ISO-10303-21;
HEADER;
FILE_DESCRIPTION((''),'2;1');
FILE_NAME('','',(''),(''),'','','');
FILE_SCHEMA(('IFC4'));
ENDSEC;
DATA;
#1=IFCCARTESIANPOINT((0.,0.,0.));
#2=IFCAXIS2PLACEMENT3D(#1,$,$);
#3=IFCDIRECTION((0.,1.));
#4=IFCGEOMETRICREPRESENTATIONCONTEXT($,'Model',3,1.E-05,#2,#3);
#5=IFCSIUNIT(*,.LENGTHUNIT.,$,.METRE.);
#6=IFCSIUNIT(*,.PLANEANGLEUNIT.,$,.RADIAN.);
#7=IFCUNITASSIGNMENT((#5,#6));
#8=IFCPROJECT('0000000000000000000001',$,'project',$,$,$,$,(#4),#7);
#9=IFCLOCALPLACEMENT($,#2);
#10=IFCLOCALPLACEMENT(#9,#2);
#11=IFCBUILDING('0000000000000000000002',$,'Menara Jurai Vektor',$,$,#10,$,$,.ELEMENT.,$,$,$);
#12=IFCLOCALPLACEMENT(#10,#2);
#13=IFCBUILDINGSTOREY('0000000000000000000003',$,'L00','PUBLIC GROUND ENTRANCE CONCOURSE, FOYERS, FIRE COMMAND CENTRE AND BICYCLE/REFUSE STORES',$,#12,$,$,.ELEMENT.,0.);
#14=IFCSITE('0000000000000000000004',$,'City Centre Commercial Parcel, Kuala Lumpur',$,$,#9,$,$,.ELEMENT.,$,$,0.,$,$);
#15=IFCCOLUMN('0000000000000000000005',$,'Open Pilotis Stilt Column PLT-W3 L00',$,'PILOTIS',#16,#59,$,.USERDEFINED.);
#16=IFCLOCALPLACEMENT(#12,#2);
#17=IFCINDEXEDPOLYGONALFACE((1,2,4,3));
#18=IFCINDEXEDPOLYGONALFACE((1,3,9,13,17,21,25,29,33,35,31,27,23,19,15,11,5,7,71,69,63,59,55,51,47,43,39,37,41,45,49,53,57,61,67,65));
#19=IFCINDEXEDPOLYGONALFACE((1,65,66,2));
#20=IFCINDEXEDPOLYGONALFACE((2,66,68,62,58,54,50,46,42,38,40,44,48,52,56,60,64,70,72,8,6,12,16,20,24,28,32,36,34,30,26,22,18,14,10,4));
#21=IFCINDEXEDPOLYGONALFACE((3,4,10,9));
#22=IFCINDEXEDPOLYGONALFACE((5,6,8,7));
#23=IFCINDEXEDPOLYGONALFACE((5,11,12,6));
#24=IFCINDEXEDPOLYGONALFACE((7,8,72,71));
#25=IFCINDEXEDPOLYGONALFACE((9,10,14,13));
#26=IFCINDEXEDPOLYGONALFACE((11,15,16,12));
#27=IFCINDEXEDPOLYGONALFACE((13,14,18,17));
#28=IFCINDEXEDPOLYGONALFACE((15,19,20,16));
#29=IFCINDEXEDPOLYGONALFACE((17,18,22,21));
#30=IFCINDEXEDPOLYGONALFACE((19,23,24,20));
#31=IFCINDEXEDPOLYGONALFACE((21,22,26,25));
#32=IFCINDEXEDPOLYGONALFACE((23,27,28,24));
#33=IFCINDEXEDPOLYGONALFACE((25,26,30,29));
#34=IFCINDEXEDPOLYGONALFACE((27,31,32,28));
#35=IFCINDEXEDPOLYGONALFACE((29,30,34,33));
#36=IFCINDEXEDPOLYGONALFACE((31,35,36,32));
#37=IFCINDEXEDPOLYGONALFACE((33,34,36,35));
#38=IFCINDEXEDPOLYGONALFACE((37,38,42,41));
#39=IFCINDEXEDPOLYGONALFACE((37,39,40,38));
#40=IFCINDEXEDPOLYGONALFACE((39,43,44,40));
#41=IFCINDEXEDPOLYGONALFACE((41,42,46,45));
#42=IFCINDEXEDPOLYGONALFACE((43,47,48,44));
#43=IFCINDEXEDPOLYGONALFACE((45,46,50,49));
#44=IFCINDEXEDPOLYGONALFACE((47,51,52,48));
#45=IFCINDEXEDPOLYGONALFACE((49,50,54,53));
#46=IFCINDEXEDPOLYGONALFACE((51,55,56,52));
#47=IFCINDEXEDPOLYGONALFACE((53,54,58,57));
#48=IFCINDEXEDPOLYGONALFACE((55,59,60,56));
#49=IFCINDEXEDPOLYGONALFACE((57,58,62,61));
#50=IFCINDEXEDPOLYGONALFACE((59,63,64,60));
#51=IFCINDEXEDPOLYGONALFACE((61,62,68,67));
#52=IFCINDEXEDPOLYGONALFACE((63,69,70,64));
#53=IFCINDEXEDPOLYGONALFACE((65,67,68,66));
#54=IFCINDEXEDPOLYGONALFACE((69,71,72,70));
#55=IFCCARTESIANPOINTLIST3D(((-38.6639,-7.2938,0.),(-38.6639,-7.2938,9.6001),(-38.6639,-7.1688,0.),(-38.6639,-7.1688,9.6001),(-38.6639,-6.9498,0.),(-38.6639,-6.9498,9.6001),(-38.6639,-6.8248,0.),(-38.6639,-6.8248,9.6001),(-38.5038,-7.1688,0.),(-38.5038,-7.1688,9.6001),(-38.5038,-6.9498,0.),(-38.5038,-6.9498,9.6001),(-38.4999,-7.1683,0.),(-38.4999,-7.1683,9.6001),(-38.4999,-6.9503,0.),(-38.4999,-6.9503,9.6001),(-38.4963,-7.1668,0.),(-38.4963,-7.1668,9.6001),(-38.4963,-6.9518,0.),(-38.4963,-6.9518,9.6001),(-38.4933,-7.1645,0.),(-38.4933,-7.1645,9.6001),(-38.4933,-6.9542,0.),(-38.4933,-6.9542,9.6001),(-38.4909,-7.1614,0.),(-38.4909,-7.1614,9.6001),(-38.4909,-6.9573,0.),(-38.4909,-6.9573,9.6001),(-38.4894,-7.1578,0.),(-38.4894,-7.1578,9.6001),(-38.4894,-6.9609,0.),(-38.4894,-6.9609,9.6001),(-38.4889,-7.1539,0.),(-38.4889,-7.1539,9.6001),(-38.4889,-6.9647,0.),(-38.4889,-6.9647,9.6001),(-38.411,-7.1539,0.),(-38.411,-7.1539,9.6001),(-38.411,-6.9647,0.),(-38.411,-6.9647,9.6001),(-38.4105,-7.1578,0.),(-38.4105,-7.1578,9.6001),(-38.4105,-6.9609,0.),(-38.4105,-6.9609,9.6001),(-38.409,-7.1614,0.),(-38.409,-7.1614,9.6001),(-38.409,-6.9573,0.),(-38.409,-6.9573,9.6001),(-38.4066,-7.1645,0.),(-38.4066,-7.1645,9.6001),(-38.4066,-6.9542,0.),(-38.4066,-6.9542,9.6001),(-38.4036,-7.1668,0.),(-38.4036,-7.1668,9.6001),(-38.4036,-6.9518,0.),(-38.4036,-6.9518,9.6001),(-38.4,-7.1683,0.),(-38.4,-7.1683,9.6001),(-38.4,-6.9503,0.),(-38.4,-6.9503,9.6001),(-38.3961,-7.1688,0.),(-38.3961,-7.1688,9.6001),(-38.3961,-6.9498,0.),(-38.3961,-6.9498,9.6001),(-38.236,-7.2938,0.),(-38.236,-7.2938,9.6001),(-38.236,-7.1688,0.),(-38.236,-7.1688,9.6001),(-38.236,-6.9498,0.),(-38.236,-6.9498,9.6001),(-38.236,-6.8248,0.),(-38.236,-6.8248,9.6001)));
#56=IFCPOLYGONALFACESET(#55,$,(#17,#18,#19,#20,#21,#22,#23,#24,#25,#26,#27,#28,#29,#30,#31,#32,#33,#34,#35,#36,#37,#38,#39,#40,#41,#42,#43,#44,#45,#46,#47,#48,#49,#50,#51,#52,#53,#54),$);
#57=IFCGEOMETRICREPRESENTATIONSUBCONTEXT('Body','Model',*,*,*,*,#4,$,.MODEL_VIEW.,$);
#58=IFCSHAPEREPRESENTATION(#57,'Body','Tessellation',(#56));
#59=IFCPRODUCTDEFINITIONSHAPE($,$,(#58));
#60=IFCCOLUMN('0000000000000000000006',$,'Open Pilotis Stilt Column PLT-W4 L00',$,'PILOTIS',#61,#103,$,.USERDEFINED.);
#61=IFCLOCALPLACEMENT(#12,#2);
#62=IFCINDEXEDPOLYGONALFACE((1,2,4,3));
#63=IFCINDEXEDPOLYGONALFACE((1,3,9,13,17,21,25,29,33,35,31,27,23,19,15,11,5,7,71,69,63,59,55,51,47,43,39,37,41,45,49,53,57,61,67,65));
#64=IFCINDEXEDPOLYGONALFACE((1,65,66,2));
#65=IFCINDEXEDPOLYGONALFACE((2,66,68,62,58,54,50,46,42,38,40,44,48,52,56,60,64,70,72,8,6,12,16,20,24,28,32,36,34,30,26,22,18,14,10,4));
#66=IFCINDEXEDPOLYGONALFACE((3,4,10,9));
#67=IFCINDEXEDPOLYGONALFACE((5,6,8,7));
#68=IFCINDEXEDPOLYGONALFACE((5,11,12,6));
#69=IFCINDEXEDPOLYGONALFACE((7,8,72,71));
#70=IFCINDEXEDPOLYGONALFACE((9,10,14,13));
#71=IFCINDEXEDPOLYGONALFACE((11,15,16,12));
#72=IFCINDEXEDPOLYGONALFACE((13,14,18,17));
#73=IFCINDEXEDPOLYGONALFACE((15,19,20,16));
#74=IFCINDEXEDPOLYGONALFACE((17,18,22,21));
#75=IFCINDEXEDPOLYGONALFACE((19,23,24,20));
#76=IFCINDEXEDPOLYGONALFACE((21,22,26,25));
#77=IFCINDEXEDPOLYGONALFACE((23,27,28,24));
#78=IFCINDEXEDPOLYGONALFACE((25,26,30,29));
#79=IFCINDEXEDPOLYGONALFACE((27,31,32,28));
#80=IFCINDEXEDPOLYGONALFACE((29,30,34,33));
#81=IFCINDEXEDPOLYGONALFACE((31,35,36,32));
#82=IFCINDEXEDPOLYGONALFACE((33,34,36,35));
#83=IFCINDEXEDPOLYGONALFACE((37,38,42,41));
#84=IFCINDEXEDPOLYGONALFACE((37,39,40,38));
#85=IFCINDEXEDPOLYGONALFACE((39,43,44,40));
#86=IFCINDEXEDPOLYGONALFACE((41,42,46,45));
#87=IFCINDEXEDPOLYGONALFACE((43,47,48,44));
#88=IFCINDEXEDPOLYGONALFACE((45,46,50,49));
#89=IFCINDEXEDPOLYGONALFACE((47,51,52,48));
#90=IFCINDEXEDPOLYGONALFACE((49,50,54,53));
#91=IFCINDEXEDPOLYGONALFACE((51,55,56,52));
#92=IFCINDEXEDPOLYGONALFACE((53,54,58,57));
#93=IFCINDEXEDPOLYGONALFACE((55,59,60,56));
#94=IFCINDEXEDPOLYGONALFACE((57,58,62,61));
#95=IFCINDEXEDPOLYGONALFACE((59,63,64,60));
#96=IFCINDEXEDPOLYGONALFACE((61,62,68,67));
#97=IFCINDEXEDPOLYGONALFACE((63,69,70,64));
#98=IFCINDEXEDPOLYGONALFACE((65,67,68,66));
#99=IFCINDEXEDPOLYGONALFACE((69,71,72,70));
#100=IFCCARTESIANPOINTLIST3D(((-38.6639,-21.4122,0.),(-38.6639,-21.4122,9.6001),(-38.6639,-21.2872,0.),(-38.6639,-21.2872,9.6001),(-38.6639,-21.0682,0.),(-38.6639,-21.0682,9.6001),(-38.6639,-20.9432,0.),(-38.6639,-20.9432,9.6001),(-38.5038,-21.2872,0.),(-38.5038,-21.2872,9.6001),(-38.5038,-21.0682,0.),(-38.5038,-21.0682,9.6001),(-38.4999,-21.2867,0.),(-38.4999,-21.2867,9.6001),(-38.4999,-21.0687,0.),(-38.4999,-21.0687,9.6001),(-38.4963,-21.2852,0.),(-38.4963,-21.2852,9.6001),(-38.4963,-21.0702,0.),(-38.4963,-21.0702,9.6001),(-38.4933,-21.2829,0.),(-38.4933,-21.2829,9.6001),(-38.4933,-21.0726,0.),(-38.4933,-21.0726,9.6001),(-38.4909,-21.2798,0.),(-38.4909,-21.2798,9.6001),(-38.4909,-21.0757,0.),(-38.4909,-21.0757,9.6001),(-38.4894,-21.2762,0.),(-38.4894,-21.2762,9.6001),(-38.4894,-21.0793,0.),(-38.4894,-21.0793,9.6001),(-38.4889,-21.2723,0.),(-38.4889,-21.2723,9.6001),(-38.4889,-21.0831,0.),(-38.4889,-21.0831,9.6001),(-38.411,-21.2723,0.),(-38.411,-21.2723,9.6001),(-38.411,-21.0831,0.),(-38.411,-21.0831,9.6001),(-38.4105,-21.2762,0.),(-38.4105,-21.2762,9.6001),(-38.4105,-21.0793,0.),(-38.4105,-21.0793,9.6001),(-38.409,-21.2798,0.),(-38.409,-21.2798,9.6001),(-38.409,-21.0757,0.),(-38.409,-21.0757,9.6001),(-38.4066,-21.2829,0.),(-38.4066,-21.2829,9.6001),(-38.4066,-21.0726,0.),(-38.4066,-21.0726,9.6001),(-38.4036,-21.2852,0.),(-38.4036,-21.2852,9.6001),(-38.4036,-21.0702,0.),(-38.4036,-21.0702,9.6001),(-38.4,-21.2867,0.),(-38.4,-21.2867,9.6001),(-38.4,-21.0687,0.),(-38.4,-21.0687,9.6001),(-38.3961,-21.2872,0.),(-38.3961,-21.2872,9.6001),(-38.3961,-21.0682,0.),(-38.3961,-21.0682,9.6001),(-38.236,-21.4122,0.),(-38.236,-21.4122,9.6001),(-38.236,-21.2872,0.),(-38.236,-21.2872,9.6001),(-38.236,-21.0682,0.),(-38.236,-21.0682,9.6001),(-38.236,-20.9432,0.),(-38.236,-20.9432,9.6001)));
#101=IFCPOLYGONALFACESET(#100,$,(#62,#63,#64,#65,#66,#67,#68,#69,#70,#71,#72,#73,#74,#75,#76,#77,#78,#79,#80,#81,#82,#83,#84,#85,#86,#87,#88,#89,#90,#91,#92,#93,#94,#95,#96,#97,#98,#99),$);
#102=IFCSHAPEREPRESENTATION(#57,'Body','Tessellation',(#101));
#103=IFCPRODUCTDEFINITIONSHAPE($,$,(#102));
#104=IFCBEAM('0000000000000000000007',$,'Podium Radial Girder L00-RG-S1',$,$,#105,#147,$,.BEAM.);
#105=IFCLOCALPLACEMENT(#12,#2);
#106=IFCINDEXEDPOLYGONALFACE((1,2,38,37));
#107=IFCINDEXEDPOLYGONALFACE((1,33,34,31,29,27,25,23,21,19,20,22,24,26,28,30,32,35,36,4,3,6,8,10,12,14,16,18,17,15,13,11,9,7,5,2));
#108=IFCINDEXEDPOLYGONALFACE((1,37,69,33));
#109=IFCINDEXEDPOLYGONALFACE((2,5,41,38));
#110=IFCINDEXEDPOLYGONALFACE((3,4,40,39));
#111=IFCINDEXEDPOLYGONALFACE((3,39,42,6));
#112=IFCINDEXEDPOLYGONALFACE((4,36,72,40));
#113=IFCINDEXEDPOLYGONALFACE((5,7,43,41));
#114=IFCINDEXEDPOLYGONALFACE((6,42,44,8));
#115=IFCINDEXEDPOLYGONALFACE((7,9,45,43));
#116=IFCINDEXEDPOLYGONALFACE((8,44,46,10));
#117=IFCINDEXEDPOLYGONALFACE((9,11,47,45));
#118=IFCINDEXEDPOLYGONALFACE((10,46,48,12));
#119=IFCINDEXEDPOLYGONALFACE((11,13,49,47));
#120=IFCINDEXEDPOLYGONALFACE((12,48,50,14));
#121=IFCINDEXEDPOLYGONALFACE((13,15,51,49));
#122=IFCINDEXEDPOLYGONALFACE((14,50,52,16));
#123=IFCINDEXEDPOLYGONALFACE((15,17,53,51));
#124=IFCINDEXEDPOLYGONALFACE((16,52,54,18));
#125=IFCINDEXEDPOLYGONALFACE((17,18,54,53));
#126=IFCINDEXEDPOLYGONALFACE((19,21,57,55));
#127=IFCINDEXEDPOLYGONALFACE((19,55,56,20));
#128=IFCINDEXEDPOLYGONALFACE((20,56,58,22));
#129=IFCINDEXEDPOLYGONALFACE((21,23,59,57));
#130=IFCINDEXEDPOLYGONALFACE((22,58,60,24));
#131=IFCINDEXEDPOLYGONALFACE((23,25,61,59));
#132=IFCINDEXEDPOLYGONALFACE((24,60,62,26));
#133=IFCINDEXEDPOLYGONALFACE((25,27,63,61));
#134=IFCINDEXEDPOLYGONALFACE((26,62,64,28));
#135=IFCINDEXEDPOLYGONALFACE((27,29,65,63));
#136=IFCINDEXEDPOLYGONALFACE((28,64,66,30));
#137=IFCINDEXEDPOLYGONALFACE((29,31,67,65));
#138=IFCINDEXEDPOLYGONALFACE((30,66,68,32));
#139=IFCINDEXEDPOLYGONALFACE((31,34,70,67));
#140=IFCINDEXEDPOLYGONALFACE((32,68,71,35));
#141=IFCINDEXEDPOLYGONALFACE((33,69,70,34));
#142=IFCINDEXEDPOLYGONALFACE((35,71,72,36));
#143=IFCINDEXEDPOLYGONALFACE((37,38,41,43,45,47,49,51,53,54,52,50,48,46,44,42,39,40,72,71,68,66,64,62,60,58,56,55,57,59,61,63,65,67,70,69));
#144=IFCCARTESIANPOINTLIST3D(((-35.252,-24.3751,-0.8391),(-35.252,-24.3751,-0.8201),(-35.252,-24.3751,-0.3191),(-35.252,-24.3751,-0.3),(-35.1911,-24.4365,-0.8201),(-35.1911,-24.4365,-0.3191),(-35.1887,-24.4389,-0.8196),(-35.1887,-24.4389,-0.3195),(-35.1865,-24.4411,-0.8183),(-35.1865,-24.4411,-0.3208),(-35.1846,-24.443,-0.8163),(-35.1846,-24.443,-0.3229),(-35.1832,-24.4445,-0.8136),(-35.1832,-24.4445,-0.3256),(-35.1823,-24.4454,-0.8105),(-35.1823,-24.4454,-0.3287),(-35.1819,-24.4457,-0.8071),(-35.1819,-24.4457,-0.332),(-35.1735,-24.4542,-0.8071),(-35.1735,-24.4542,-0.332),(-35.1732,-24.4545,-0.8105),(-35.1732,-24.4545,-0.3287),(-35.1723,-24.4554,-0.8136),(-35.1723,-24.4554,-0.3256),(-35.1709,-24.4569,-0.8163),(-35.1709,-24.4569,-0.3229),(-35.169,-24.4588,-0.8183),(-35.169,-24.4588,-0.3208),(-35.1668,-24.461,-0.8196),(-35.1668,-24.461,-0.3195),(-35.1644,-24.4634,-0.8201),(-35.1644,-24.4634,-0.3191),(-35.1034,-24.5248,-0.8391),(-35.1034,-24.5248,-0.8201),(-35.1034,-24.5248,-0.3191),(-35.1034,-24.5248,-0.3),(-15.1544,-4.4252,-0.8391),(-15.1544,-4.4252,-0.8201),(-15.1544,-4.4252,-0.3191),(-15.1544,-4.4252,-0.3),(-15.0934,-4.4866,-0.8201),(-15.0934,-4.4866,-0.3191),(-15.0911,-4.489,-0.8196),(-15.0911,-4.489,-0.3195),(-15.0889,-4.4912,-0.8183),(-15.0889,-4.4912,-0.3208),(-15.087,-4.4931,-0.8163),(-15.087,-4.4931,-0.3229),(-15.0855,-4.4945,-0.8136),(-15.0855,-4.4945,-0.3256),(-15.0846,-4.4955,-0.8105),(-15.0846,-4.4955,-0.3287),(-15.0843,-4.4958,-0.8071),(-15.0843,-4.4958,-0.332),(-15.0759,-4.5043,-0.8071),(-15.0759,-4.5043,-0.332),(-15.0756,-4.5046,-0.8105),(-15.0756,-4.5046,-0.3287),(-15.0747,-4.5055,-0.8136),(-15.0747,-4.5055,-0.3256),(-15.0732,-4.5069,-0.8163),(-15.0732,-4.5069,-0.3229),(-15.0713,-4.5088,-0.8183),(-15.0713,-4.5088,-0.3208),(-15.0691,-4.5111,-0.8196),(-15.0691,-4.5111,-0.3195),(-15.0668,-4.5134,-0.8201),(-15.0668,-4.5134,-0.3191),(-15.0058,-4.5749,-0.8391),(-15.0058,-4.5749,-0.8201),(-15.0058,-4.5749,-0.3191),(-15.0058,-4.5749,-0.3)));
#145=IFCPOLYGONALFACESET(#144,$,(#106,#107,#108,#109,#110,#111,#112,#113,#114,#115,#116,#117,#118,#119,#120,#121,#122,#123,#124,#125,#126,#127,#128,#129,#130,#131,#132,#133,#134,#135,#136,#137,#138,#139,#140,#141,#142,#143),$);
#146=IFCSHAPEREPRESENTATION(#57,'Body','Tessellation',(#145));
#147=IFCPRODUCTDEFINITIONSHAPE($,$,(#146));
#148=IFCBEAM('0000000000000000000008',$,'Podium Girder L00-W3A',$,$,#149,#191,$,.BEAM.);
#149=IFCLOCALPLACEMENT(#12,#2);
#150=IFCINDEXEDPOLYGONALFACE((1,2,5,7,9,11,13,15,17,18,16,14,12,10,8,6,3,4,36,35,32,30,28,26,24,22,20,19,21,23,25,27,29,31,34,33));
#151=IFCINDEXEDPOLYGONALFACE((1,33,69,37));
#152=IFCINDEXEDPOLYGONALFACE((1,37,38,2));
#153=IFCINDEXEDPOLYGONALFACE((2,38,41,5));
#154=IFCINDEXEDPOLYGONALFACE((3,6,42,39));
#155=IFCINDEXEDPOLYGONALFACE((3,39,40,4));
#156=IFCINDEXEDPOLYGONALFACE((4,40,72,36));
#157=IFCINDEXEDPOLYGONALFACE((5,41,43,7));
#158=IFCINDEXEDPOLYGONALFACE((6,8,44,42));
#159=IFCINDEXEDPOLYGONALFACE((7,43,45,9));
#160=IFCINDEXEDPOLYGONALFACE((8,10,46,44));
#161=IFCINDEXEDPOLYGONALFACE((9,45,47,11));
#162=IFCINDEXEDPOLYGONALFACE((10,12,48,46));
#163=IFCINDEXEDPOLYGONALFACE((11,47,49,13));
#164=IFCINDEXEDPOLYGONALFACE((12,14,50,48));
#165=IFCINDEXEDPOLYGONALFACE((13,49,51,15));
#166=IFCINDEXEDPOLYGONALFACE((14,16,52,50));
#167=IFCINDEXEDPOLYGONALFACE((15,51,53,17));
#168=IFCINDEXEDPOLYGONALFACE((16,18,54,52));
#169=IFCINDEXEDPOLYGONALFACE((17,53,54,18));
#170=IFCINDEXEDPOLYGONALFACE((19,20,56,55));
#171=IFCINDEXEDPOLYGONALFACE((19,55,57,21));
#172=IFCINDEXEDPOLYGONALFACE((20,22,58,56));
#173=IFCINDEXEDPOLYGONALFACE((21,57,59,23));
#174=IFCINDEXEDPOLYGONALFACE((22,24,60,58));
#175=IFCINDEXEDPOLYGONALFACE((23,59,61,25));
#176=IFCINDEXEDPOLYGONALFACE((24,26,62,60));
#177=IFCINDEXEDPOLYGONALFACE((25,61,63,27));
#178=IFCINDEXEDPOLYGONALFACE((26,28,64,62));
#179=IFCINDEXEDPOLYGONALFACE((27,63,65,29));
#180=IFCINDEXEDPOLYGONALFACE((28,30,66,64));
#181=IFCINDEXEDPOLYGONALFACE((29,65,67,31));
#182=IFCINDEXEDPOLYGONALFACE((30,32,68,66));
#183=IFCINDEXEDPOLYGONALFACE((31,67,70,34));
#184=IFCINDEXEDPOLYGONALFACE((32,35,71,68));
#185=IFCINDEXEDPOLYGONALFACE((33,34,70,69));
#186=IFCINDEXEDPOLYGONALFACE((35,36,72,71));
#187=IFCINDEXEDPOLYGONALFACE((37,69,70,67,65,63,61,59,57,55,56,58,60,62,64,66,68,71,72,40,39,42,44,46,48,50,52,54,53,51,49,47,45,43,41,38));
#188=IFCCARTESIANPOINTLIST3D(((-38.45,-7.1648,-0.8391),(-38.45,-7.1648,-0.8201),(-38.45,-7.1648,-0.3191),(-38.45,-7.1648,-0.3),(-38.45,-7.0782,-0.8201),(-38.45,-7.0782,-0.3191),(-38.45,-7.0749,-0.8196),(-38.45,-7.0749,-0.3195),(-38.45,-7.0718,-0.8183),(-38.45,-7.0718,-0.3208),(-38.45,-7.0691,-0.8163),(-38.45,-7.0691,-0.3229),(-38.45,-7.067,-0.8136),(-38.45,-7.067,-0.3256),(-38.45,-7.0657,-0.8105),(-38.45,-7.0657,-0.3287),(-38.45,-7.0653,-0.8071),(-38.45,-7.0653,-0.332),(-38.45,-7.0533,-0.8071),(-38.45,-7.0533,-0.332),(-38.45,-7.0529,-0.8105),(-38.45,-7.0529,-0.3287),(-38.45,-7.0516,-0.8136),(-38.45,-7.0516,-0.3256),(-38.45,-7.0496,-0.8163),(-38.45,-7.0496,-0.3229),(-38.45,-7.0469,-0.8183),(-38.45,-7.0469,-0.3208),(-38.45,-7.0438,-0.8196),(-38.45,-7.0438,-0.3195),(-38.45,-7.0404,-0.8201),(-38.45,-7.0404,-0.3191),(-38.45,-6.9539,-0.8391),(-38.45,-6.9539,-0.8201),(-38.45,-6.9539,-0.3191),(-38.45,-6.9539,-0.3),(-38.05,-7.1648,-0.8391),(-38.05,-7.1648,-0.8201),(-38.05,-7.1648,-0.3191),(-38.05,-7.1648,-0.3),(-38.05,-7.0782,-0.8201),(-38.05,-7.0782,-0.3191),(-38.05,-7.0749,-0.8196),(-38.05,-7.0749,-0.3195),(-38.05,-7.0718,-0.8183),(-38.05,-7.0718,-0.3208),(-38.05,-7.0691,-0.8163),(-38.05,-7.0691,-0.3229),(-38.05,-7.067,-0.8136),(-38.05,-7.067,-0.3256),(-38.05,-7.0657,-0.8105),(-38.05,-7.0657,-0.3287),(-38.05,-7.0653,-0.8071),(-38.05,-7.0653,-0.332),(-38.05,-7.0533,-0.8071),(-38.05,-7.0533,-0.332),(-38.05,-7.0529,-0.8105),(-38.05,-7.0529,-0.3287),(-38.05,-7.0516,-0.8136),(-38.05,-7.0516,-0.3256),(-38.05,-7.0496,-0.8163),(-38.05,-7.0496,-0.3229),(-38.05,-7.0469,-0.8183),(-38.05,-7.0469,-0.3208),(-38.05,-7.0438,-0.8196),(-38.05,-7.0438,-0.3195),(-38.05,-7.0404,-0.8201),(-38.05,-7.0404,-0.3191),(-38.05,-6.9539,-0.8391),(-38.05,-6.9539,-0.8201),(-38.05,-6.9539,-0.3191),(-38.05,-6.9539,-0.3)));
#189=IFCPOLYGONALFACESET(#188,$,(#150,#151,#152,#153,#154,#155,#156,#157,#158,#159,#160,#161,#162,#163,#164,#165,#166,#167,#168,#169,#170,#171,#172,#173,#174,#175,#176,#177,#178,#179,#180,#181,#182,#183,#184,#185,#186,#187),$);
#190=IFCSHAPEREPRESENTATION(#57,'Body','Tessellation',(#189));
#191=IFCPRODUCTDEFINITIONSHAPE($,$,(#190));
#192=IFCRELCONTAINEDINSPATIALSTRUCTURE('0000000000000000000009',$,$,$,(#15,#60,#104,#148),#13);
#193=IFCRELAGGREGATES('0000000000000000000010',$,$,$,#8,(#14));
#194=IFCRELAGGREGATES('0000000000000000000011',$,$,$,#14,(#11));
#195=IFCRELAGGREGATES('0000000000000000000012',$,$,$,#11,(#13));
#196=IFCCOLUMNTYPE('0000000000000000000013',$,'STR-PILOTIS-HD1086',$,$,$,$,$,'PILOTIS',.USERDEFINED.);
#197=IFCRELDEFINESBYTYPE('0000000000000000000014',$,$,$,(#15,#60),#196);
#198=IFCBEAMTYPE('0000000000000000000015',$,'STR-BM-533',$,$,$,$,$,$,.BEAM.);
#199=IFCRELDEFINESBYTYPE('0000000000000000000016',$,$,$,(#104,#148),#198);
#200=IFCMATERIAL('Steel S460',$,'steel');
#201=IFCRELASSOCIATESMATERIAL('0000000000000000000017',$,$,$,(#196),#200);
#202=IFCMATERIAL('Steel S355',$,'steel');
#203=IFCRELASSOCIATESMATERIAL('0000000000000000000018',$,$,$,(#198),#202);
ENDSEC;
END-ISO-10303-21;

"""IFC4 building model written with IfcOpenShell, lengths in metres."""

from ifc_helpers import new_model, si_unit, direction, frame, origin, origin_2d, place, context, subcontext, project, spatial, i_section, extrude, material, material_profile, profile_set, type_object, element, save


model = new_model("IFC4")

# Units and contexts
model_context = context("Model", 3, precision=1e-05, world=origin(), true_north=direction((0.0, 1.0)))
body_context = subcontext(model_context, "Body", "Model", "MODEL_VIEW")
ifc_project = project(units=[si_unit("LENGTHUNIT", "METRE"), si_unit("PLANEANGLEUNIT", "RADIAN")], contexts=[model_context])

# Site, building, storey
site_placement = place(None, origin())
site = spatial("IfcSite", under=ifc_project, at=site_placement, Name="City Centre Commercial Parcel, Kuala Lumpur", CompositionType="ELEMENT", RefElevation=0.0)
building_placement = place(site_placement, origin())
building = spatial("IfcBuilding", under=site, at=building_placement, Name="Menara Jurai Vektor", CompositionType="ELEMENT")
storey_placement = place(building_placement, origin())
storey = spatial("IfcBuildingStorey", under=building, at=storey_placement, Name="L00", Description="PUBLIC GROUND ENTRANCE CONCOURSE, FOYERS, FIRE COMMAND CENTRE AND BICYCLE/REFUSE STORES", CompositionType="ELEMENT", Elevation=0.0)

# Columns
ifc_material_1 = material(Name="Steel S355", Category="steel")
ifc_material_2 = material(Name="Steel S460", Category="steel")
ifc_material_profile_1 = material_profile(ifc_material_2, i_section(OverallWidth=0.428, OverallDepth=0.469, WebThickness=0.0779, FlangeThickness=0.125, FilletRadius=0.0149, at=origin_2d()), Name="HD 400x1086")
ifc_profile_set_1 = profile_set([ifc_material_profile_1], Name="Steel S460")
column_type_1 = type_object("IfcColumnType", Name="STR-PILOTIS-HD1086", ElementType="PILOTIS", PredefinedType="USERDEFINED", material=ifc_profile_set_1)
for number, where, z_axis, x_axis, name in (
    (1, (-38.45, -7.0593, 0.0), (0.0, 0.0, 1.0), (1.0, 0.0, 0.0), "Open Pilotis Stilt Column PLT-W3 L00"),
    (2, (-38.45, -21.1777, 0.0), (0.0, 0.0, 1.0), (1.0, 0.0, 0.0), "Open Pilotis Stilt Column PLT-W4 L00"),
):
    element("IfcColumn", number, at=place(storey_placement, frame(where, z_axis=z_axis, x_axis=x_axis)), inside=storey, type_object=column_type_1, Name=name, ObjectType="PILOTIS", PredefinedType="USERDEFINED", context=body_context, shape_type="SweptSolid", body=[
        extrude(i_section(OverallWidth=0.428, OverallDepth=0.469, WebThickness=0.0779, FlangeThickness=0.125, FilletRadius=0.0149, at=origin_2d()), origin(), (0.0, 0.0, 1.0), 9.6001),
    ])

# Beams
ifc_material_profile_2 = material_profile(ifc_material_1, i_section(OverallWidth=0.2109, OverallDepth=0.5391, WebThickness=0.012, FlangeThickness=0.019, FilletRadius=0.0129, at=origin_2d()), Name="UKB 533x210x109")
ifc_profile_set_2 = profile_set([ifc_material_profile_2], Name="Steel S355")
beam_type_1 = type_object("IfcBeamType", Name="STR-BM-533", PredefinedType="BEAM", material=ifc_profile_set_2)
beam_1_placement = place(storey_placement, frame((-35.1777, -24.45, -0.5696), z_axis=(0.70971, 0.704494, 0.0), x_axis=(-0.704494, 0.70971, 0.0)))
element("IfcBeam", 3, at=beam_1_placement, inside=storey, type_object=beam_type_1, Name="Podium Radial Girder L00-RG-S1", PredefinedType="BEAM", context=body_context, shape_type="SweptSolid", body=[
    extrude(i_section(OverallWidth=0.2109, OverallDepth=0.5391, WebThickness=0.012, FlangeThickness=0.019, FilletRadius=0.0129, at=origin_2d()), origin(), (0.0, 0.0, 1.0), 28.3181),
])
beam_2_placement = place(storey_placement, frame((-38.45, -7.0593, -0.5696), z_axis=(1.0, 0.0, 0.0), x_axis=(0.0, 1.0, 0.0)))
element("IfcBeam", 4, at=beam_2_placement, inside=storey, type_object=beam_type_1, Name="Podium Girder L00-W3A", PredefinedType="BEAM", context=body_context, shape_type="SweptSolid", body=[
    extrude(i_section(OverallWidth=0.2109, OverallDepth=0.5391, WebThickness=0.012, FlangeThickness=0.019, FilletRadius=0.0129, at=origin_2d()), origin(), (0.0, 0.0, 1.0), 0.3999),
])

save(model, "model.ifc")
